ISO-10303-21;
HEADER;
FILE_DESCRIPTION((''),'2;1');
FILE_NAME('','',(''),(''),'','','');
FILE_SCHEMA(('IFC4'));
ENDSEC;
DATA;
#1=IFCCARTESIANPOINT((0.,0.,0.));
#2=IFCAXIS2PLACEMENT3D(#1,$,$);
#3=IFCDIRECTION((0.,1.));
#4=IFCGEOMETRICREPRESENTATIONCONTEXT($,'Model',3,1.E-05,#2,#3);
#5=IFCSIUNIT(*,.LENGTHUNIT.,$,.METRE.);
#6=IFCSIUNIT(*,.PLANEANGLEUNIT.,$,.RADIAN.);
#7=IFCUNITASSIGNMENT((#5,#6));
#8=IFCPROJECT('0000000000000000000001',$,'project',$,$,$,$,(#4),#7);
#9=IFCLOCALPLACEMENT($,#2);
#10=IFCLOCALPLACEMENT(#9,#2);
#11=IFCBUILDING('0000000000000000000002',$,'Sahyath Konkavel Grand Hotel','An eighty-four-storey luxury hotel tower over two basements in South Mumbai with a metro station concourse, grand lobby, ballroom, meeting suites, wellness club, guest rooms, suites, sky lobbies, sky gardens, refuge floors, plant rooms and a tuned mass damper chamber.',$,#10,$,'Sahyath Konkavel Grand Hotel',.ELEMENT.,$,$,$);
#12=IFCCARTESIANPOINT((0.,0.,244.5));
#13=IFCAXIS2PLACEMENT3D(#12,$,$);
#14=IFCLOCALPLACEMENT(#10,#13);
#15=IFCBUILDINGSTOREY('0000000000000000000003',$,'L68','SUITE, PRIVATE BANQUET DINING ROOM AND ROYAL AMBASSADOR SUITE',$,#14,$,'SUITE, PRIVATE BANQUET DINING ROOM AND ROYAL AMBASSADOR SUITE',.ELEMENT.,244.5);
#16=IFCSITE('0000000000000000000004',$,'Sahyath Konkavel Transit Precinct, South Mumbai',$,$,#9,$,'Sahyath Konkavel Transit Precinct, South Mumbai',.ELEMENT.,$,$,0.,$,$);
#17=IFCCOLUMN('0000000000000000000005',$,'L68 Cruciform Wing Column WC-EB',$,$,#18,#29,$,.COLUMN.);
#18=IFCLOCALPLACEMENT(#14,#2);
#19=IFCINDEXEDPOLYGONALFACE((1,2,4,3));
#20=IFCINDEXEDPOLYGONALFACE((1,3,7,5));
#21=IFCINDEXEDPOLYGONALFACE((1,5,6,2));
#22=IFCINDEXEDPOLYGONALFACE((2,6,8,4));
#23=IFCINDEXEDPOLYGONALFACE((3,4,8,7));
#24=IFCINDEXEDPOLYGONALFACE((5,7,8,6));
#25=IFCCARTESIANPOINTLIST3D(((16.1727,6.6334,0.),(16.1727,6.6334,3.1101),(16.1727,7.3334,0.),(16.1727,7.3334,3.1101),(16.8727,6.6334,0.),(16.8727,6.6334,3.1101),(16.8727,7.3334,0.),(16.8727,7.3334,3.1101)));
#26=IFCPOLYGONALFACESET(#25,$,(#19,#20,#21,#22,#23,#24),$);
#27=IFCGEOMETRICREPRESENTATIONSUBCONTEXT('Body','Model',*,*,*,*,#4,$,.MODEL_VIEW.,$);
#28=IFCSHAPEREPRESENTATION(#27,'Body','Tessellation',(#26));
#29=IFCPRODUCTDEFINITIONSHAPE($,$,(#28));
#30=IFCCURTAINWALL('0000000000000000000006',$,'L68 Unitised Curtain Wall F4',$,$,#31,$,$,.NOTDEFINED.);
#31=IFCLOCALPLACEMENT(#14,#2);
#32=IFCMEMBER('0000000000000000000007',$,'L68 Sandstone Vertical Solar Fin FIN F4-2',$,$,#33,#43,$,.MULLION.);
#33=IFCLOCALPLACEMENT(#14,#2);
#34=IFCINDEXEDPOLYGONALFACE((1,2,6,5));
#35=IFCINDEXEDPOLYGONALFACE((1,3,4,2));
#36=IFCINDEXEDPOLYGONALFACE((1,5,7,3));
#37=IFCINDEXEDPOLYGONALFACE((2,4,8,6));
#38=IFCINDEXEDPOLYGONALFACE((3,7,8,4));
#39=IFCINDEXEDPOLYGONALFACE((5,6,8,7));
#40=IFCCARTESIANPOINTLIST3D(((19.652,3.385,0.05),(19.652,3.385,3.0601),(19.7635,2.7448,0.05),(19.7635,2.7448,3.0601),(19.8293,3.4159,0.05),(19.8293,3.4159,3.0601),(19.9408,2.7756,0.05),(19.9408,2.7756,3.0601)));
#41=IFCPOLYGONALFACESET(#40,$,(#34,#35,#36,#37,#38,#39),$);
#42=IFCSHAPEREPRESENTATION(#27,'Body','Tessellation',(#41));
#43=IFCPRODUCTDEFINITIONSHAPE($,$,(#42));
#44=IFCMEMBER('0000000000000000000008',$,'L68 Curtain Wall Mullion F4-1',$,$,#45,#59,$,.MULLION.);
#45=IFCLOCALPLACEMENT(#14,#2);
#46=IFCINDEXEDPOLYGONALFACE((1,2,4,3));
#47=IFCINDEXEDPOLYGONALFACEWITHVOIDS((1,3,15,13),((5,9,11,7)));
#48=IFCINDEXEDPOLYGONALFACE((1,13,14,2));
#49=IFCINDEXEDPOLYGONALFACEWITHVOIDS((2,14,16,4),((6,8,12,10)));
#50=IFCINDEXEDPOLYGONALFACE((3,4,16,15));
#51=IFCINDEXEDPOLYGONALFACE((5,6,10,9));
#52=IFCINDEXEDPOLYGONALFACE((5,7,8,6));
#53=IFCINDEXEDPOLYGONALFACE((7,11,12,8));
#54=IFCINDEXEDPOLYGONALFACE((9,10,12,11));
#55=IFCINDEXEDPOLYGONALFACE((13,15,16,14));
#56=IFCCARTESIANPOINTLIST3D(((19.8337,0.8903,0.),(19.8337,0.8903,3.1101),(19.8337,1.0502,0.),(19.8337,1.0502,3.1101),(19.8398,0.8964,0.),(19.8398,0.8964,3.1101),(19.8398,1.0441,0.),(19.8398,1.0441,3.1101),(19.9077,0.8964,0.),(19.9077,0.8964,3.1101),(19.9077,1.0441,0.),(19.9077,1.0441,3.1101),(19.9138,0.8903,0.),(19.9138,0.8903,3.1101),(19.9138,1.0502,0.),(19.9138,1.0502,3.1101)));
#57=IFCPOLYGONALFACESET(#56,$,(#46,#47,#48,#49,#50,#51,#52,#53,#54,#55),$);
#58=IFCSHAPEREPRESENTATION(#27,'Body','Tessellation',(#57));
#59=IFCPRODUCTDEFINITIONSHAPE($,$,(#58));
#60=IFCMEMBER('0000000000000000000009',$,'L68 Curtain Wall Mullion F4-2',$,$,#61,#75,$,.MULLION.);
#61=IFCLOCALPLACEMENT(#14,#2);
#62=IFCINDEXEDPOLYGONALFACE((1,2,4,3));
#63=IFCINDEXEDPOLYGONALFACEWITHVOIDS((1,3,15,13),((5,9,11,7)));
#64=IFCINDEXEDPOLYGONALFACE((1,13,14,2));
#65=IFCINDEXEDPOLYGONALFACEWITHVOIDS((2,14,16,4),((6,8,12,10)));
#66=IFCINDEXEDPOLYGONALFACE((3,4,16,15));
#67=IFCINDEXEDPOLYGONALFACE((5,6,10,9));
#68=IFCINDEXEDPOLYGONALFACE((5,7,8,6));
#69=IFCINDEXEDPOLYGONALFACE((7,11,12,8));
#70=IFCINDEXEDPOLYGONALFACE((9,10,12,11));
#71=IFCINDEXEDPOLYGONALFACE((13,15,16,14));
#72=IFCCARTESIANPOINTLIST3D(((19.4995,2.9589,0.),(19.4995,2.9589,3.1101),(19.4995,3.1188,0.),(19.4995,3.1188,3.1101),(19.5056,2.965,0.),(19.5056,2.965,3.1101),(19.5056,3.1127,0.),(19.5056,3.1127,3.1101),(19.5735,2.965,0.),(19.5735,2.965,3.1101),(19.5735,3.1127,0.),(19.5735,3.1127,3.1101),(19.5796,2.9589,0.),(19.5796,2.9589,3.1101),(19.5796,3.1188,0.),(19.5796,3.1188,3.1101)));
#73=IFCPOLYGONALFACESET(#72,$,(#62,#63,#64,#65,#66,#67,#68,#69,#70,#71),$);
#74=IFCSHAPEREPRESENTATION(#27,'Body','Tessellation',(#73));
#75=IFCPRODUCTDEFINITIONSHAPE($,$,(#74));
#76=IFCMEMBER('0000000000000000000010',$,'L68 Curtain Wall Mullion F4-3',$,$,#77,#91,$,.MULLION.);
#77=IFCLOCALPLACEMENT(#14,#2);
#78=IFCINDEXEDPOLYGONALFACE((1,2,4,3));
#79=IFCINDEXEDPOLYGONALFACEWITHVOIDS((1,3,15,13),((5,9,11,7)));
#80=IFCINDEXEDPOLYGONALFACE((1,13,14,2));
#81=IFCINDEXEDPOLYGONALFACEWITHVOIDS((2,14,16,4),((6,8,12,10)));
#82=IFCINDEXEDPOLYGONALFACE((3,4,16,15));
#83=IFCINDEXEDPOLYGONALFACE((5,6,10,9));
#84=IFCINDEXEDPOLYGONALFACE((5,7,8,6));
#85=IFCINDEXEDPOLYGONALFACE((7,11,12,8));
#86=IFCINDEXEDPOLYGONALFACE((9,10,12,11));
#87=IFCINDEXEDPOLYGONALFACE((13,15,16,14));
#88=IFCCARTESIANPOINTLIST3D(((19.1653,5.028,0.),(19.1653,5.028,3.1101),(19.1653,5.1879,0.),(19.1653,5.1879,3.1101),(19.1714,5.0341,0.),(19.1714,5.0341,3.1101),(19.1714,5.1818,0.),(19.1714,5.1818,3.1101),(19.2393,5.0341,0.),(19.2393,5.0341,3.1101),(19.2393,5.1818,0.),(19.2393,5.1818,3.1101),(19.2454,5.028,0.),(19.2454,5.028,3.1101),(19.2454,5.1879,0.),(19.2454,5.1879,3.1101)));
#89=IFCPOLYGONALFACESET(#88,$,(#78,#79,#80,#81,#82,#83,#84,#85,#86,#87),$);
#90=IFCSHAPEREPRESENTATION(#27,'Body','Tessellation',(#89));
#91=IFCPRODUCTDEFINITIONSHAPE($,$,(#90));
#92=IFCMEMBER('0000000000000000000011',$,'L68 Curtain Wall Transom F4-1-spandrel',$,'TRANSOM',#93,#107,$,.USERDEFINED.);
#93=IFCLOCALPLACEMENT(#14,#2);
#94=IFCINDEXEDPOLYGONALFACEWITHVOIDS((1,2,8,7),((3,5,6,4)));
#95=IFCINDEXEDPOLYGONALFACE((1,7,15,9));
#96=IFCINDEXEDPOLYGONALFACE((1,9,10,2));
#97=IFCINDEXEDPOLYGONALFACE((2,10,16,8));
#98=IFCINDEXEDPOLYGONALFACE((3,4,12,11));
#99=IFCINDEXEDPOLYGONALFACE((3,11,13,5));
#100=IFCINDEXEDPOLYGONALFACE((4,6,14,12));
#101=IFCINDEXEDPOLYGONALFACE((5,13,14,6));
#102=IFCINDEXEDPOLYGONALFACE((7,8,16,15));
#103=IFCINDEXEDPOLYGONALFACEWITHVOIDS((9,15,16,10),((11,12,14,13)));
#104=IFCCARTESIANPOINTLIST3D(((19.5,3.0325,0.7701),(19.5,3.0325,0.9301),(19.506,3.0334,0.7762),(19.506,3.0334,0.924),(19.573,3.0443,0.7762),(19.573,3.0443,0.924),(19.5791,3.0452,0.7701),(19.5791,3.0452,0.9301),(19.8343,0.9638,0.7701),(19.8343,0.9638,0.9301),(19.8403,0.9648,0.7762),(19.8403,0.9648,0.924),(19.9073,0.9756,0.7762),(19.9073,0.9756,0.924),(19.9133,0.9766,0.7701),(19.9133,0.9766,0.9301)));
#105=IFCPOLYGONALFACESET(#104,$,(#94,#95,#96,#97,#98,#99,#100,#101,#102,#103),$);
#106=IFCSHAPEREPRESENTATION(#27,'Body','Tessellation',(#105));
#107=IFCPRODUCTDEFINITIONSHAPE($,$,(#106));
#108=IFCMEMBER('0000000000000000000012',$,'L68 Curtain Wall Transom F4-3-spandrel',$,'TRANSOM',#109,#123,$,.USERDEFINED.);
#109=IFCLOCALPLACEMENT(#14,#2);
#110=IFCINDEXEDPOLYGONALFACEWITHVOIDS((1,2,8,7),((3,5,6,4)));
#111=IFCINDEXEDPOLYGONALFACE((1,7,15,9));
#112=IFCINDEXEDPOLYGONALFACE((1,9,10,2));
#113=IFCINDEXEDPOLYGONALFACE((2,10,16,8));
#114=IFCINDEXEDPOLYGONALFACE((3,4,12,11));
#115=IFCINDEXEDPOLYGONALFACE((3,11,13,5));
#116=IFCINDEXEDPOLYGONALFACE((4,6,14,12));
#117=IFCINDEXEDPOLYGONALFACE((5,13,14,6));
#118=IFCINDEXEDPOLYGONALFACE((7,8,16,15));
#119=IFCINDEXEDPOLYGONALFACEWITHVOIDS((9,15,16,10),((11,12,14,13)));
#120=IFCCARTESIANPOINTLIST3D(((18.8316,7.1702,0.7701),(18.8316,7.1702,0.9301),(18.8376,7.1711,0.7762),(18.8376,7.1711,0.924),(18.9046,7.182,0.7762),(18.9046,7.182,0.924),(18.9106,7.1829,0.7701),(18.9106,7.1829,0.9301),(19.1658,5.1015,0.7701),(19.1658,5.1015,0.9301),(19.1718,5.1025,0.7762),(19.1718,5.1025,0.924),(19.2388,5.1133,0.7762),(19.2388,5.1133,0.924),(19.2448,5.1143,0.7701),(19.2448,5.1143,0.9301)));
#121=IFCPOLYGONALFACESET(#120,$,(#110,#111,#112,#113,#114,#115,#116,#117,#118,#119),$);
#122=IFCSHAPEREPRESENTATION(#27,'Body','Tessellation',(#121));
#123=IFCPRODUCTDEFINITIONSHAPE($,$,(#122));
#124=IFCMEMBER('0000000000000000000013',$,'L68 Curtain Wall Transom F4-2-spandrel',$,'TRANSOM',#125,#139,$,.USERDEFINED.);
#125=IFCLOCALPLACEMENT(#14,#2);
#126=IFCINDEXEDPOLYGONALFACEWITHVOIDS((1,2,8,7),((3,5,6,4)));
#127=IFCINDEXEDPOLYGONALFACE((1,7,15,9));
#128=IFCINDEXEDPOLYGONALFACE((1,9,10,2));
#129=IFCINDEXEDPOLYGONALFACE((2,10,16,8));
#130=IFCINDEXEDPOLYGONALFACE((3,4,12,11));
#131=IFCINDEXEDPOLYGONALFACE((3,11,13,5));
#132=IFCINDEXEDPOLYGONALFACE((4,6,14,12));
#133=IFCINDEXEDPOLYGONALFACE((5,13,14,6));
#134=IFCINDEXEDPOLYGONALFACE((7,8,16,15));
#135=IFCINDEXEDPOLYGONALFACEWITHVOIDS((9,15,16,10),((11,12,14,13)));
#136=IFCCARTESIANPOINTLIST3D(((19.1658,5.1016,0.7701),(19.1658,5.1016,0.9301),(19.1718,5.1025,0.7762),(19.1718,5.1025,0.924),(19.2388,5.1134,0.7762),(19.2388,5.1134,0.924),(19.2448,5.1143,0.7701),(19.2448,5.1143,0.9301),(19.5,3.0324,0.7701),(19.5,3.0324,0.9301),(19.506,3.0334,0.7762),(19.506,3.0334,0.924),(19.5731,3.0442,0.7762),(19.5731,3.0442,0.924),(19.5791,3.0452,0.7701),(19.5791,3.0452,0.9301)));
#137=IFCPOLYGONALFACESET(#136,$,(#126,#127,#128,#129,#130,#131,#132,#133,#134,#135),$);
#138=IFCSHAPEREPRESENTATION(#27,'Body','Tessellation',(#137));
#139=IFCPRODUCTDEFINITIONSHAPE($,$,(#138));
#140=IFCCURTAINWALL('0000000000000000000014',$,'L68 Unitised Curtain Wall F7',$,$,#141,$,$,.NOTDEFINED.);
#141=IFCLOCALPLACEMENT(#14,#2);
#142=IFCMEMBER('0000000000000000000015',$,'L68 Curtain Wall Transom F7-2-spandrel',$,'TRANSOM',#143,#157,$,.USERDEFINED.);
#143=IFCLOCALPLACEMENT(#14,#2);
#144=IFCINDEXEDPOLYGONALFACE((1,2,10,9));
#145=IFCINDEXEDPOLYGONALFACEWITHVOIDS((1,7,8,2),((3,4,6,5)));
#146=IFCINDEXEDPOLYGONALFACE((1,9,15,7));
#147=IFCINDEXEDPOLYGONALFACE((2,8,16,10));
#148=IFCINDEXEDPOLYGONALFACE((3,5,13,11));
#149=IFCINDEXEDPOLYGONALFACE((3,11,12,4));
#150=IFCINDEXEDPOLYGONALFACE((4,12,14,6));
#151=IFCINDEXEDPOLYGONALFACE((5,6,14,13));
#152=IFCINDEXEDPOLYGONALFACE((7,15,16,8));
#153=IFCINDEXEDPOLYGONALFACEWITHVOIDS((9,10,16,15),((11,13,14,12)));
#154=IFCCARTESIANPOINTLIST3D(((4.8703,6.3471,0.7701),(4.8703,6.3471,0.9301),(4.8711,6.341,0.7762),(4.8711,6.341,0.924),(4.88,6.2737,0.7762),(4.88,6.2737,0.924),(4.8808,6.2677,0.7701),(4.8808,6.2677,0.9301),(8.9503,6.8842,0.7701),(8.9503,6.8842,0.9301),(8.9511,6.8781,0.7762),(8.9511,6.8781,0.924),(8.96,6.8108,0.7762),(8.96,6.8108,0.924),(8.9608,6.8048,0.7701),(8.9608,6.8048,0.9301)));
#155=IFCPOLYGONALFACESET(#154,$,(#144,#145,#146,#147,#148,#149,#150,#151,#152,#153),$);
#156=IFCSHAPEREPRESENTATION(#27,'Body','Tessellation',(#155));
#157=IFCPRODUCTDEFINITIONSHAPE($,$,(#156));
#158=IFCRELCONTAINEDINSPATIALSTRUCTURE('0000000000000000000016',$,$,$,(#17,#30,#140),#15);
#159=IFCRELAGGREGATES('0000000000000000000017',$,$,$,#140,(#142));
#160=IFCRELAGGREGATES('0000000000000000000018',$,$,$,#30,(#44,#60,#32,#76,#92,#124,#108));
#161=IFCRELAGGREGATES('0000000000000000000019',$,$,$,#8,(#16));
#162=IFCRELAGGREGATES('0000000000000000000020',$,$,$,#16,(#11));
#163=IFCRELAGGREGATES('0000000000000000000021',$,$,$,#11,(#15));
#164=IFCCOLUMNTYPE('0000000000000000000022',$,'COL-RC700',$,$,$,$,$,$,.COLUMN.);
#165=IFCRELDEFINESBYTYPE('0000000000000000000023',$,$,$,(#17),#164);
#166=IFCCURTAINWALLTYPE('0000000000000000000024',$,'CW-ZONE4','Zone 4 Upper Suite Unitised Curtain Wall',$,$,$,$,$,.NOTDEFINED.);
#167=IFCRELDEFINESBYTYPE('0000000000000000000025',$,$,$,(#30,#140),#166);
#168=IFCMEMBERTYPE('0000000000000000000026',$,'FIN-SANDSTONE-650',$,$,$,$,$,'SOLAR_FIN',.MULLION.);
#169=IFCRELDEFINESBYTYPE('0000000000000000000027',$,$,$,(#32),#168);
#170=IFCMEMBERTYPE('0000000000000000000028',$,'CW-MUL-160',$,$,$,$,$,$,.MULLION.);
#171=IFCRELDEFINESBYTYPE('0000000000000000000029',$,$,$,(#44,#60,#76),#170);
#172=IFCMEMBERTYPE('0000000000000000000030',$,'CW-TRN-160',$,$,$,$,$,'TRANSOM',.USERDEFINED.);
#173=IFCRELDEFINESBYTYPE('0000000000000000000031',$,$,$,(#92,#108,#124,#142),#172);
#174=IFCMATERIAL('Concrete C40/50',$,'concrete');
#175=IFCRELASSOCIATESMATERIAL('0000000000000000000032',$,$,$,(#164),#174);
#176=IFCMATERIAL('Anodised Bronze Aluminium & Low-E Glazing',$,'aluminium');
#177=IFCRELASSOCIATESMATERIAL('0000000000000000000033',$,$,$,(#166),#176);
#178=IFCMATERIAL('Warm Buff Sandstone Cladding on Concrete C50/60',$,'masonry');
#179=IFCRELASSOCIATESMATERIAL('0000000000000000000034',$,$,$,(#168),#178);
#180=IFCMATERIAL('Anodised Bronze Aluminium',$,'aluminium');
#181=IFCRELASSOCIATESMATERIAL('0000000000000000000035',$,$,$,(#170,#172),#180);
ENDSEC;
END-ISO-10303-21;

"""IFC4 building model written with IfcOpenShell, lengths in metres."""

from ifc_helpers import new_model, si_unit, direction, frame, origin, origin_2d, place, context, subcontext, project, spatial, rectangle, hollow_rectangle, extrude, source, transform, mapped, material, material_profile, profile_set, type_object, element, aggregate, save


model = new_model("IFC4")

# Units and contexts
model_context = context("Model", 3, precision=1e-05, world=origin(), true_north=direction((0.0, 1.0)))
body_context = subcontext(model_context, "Body", "Model", "MODEL_VIEW")
ifc_project = project(units=[si_unit("LENGTHUNIT", "METRE"), si_unit("PLANEANGLEUNIT", "RADIAN")], contexts=[model_context])

# Site, building, storey
site_placement = place(None, origin())
site = spatial("IfcSite", under=ifc_project, at=site_placement, Name="Sahyath Konkavel Transit Precinct, South Mumbai", LongName="Sahyath Konkavel Transit Precinct, South Mumbai", CompositionType="ELEMENT", RefElevation=0.0)
building_placement = place(site_placement, origin())
building = spatial("IfcBuilding", under=site, at=building_placement, Name="Sahyath Konkavel Grand Hotel", Description="An eighty-four-storey luxury hotel tower over two basements in South Mumbai with a metro station concourse, grand lobby, ballroom, meeting suites, wellness club, guest rooms, suites, sky lobbies, sky gardens, refuge floors, plant rooms and a tuned mass damper chamber.", LongName="Sahyath Konkavel Grand Hotel", CompositionType="ELEMENT")
storey_placement = place(building_placement, frame((0.0, 0.0, 244.5)))
storey = spatial("IfcBuildingStorey", under=building, at=storey_placement, Name="L68", Description="SUITE, PRIVATE BANQUET DINING ROOM AND ROYAL AMBASSADOR SUITE", LongName="SUITE, PRIVATE BANQUET DINING ROOM AND ROYAL AMBASSADOR SUITE", CompositionType="ELEMENT", Elevation=244.5)

# Column
ifc_material_1 = material(Name="Concrete C40/50", Category="concrete")
ifc_material_profile_1 = material_profile(ifc_material_1, rectangle(XDim=0.7, YDim=0.7, at=origin_2d()), Name="RC 700x700")
ifc_profile_set_1 = profile_set([ifc_material_profile_1], Name="Concrete C40/50")
column_type = type_object("IfcColumnType", Name="COL-RC700", PredefinedType="COLUMN", material=ifc_profile_set_1)
shared_shape_1 = source(origin(), body_context, "Body", "SweptSolid", [
    extrude(rectangle(XDim=0.7, YDim=0.7, at=origin_2d()), origin(), (0.0, 0.0, 1.0), 3.1101),
])
column_placement = place(storey_placement, frame((16.5227, 6.9834, 0.0), z_axis=(0.0, 0.0, 1.0), x_axis=(1.0, 0.0, 0.0)))
element("IfcColumn", 1, at=column_placement, inside=storey, type_object=column_type, Name="L68 Cruciform Wing Column WC-EB", PredefinedType="COLUMN", context=body_context, shape_type="MappedRepresentation", body=[
    mapped(shared_shape_1, transform((0.0, 0.0, 0.0), scale=1.0)),
])

# Curtain wall, members
ifc_material_2 = material(Name="Anodised Bronze Aluminium & Low-E Glazing", Category="aluminium")
curtain_wall_type = type_object("IfcCurtainWallType", Name="CW-ZONE4", Description="Zone 4 Upper Suite Unitised Curtain Wall", PredefinedType="NOTDEFINED", material=ifc_material_2)
curtain_wall_1_placement = place(storey_placement, origin())
curtain_wall_1 = element("IfcCurtainWall", 2, at=curtain_wall_1_placement, inside=storey, type_object=curtain_wall_type, Name="L68 Unitised Curtain Wall F4", PredefinedType="NOTDEFINED")
ifc_material_3 = material(Name="Warm Buff Sandstone Cladding on Concrete C50/60", Category="masonry")
ifc_material_profile_2 = material_profile(ifc_material_3, rectangle(XDim=0.1799, YDim=0.6499, at=origin_2d()), Name="FIN 180x650")
ifc_profile_set_2 = profile_set([ifc_material_profile_2], Name="Warm Buff Sandstone Cladding on Concrete C50/60")
member_type_1 = type_object("IfcMemberType", Name="FIN-SANDSTONE-650", ElementType="SOLAR_FIN", PredefinedType="MULLION", material=ifc_profile_set_2)
shared_shape_2 = source(origin(), body_context, "Body", "SweptSolid", [
    extrude(rectangle(XDim=0.1799, YDim=0.6499, at=origin_2d()), origin(), (0.0, 0.0, 1.0), 3.01),
])
member_1_placement = place(storey_placement, frame((19.7964, 3.0803, 0.05), z_axis=(0.0, 0.0, 1.0), x_axis=(0.985169, 0.171585, 0.0)))
member_1 = element("IfcMember", 3, at=member_1_placement, type_object=member_type_1, Name="L68 Sandstone Vertical Solar Fin FIN F4-2", PredefinedType="MULLION", context=body_context, shape_type="MappedRepresentation", body=[
    mapped(shared_shape_2, transform((0.0, 0.0, 0.0), scale=1.0)),
])
ifc_material_4 = material(Name="Anodised Bronze Aluminium", Category="aluminium")
ifc_material_profile_3 = material_profile(ifc_material_4, hollow_rectangle(XDim=0.0801, YDim=0.1599, WallThickness=0.0061, at=origin_2d()), Name="RHS 160x80x6")
ifc_profile_set_3 = profile_set([ifc_material_profile_3], Name="Anodised Bronze Aluminium")
member_type_2 = type_object("IfcMemberType", Name="CW-MUL-160", PredefinedType="MULLION", material=ifc_profile_set_3)
shared_shape_3 = source(origin(), body_context, "Body", "SweptSolid", [
    extrude(hollow_rectangle(XDim=0.0801, YDim=0.1599, WallThickness=0.0061, at=origin_2d()), origin(), (0.0, 0.0, 1.0), 3.1101),
])
member_2_placement = place(storey_placement, frame((19.8738, 0.9702, 0.0), z_axis=(0.0, 0.0, 1.0), x_axis=(1.0, 0.0, 0.0)))
member_2 = element("IfcMember", 4, at=member_2_placement, type_object=member_type_2, Name="L68 Curtain Wall Mullion F4-1", PredefinedType="MULLION", context=body_context, shape_type="MappedRepresentation", body=[
    mapped(shared_shape_3, transform((0.0, 0.0, 0.0), scale=1.0)),
])
member_3_placement = place(storey_placement, frame((19.5396, 3.0388, 0.0), z_axis=(0.0, 0.0, 1.0), x_axis=(1.0, 0.0, 0.0)))
member_3 = element("IfcMember", 5, at=member_3_placement, type_object=member_type_2, Name="L68 Curtain Wall Mullion F4-2", PredefinedType="MULLION", context=body_context, shape_type="MappedRepresentation", body=[
    mapped(shared_shape_3, transform((0.0, 0.0, 0.0), scale=1.0)),
])
member_4_placement = place(storey_placement, frame((19.2053, 5.1079, 0.0), z_axis=(0.0, 0.0, 1.0), x_axis=(1.0, 0.0, 0.0)))
member_4 = element("IfcMember", 6, at=member_4_placement, type_object=member_type_2, Name="L68 Curtain Wall Mullion F4-3", PredefinedType="MULLION", context=body_context, shape_type="MappedRepresentation", body=[
    mapped(shared_shape_3, transform((0.0, 0.0, 0.0), scale=1.0)),
])
ifc_material_profile_4 = material_profile(ifc_material_4, hollow_rectangle(XDim=0.0801, YDim=0.1599, WallThickness=0.0061, at=origin_2d()), Name="RHS 160x80x6")
ifc_profile_set_4 = profile_set([ifc_material_profile_4], Name="Anodised Bronze Aluminium")
member_type_3 = type_object("IfcMemberType", Name="CW-TRN-160", ElementType="TRANSOM", PredefinedType="USERDEFINED", material=ifc_profile_set_4)
shared_shape_4 = source(origin(), body_context, "Body", "SweptSolid", [
    extrude(hollow_rectangle(XDim=0.0801, YDim=0.1599, WallThickness=0.0061, at=origin_2d()), origin(), (0.0, 0.0, 1.0), 2.0955),
])
member_5_placement = place(storey_placement, frame((19.8738, 0.9702, 0.8501), z_axis=(-0.159504, 0.987197, 0.0), x_axis=(-0.987197, -0.159504, 0.0)))
member_5 = element("IfcMember", 7, at=member_5_placement, type_object=member_type_3, Name="L68 Curtain Wall Transom F4-1-spandrel", ObjectType="TRANSOM", PredefinedType="USERDEFINED", context=body_context, shape_type="MappedRepresentation", body=[
    mapped(shared_shape_4, transform((0.0, 0.0, 0.0), scale=1.0)),
])
member_6_placement = place(storey_placement, frame((19.2053, 5.1079, 0.8501), z_axis=(-0.159504, 0.987197, 0.0), x_axis=(-0.987197, -0.159504, 0.0)))
member_6 = element("IfcMember", 8, at=member_6_placement, type_object=member_type_3, Name="L68 Curtain Wall Transom F4-3-spandrel", ObjectType="TRANSOM", PredefinedType="USERDEFINED", context=body_context, shape_type="MappedRepresentation", body=[
    mapped(shared_shape_4, transform((0.0, 0.0, 0.0), scale=1.0)),
])
shared_shape_5 = source(origin(), body_context, "Body", "SweptSolid", [
    extrude(hollow_rectangle(XDim=0.0801, YDim=0.1599, WallThickness=0.0061, at=origin_2d()), origin(), (0.0, 0.0, 1.0), 2.0959),
])
member_7_placement = place(storey_placement, frame((19.5396, 3.0388, 0.8501), z_axis=(-0.159467, 0.987203, 0.0), x_axis=(-0.987203, -0.159467, 0.0)))
member_7 = element("IfcMember", 9, at=member_7_placement, type_object=member_type_3, Name="L68 Curtain Wall Transom F4-2-spandrel", ObjectType="TRANSOM", PredefinedType="USERDEFINED", context=body_context, shape_type="MappedRepresentation", body=[
    mapped(shared_shape_5, transform((0.0, 0.0, 0.0), scale=1.0)),
])

# Curtain wall, member
curtain_wall_2_placement = place(storey_placement, origin())
curtain_wall_2 = element("IfcCurtainWall", 10, at=curtain_wall_2_placement, inside=storey, type_object=curtain_wall_type, Name="L68 Unitised Curtain Wall F7", PredefinedType="NOTDEFINED")
shared_shape_6 = source(origin(), body_context, "Body", "SweptSolid", [
    extrude(hollow_rectangle(XDim=0.0801, YDim=0.1599, WallThickness=0.0061, at=origin_2d()), origin(), (0.0, 0.0, 1.0), 4.1152),
])
member_8_placement = place(storey_placement, frame((8.9556, 6.8445, 0.8501), z_axis=(-0.991446, -0.130516, 0.0), x_axis=(0.130516, -0.991446, 0.0)))
member_8 = element("IfcMember", 11, at=member_8_placement, type_object=member_type_3, Name="L68 Curtain Wall Transom F7-2-spandrel", ObjectType="TRANSOM", PredefinedType="USERDEFINED", context=body_context, shape_type="MappedRepresentation", body=[
    mapped(shared_shape_6, transform((0.0, 0.0, 0.0), scale=1.0)),
])
aggregate(curtain_wall_2, [member_8])

aggregate(curtain_wall_1, [member_2, member_3, member_1, member_4, member_5, member_7, member_6])

save(model, "model.ifc")
